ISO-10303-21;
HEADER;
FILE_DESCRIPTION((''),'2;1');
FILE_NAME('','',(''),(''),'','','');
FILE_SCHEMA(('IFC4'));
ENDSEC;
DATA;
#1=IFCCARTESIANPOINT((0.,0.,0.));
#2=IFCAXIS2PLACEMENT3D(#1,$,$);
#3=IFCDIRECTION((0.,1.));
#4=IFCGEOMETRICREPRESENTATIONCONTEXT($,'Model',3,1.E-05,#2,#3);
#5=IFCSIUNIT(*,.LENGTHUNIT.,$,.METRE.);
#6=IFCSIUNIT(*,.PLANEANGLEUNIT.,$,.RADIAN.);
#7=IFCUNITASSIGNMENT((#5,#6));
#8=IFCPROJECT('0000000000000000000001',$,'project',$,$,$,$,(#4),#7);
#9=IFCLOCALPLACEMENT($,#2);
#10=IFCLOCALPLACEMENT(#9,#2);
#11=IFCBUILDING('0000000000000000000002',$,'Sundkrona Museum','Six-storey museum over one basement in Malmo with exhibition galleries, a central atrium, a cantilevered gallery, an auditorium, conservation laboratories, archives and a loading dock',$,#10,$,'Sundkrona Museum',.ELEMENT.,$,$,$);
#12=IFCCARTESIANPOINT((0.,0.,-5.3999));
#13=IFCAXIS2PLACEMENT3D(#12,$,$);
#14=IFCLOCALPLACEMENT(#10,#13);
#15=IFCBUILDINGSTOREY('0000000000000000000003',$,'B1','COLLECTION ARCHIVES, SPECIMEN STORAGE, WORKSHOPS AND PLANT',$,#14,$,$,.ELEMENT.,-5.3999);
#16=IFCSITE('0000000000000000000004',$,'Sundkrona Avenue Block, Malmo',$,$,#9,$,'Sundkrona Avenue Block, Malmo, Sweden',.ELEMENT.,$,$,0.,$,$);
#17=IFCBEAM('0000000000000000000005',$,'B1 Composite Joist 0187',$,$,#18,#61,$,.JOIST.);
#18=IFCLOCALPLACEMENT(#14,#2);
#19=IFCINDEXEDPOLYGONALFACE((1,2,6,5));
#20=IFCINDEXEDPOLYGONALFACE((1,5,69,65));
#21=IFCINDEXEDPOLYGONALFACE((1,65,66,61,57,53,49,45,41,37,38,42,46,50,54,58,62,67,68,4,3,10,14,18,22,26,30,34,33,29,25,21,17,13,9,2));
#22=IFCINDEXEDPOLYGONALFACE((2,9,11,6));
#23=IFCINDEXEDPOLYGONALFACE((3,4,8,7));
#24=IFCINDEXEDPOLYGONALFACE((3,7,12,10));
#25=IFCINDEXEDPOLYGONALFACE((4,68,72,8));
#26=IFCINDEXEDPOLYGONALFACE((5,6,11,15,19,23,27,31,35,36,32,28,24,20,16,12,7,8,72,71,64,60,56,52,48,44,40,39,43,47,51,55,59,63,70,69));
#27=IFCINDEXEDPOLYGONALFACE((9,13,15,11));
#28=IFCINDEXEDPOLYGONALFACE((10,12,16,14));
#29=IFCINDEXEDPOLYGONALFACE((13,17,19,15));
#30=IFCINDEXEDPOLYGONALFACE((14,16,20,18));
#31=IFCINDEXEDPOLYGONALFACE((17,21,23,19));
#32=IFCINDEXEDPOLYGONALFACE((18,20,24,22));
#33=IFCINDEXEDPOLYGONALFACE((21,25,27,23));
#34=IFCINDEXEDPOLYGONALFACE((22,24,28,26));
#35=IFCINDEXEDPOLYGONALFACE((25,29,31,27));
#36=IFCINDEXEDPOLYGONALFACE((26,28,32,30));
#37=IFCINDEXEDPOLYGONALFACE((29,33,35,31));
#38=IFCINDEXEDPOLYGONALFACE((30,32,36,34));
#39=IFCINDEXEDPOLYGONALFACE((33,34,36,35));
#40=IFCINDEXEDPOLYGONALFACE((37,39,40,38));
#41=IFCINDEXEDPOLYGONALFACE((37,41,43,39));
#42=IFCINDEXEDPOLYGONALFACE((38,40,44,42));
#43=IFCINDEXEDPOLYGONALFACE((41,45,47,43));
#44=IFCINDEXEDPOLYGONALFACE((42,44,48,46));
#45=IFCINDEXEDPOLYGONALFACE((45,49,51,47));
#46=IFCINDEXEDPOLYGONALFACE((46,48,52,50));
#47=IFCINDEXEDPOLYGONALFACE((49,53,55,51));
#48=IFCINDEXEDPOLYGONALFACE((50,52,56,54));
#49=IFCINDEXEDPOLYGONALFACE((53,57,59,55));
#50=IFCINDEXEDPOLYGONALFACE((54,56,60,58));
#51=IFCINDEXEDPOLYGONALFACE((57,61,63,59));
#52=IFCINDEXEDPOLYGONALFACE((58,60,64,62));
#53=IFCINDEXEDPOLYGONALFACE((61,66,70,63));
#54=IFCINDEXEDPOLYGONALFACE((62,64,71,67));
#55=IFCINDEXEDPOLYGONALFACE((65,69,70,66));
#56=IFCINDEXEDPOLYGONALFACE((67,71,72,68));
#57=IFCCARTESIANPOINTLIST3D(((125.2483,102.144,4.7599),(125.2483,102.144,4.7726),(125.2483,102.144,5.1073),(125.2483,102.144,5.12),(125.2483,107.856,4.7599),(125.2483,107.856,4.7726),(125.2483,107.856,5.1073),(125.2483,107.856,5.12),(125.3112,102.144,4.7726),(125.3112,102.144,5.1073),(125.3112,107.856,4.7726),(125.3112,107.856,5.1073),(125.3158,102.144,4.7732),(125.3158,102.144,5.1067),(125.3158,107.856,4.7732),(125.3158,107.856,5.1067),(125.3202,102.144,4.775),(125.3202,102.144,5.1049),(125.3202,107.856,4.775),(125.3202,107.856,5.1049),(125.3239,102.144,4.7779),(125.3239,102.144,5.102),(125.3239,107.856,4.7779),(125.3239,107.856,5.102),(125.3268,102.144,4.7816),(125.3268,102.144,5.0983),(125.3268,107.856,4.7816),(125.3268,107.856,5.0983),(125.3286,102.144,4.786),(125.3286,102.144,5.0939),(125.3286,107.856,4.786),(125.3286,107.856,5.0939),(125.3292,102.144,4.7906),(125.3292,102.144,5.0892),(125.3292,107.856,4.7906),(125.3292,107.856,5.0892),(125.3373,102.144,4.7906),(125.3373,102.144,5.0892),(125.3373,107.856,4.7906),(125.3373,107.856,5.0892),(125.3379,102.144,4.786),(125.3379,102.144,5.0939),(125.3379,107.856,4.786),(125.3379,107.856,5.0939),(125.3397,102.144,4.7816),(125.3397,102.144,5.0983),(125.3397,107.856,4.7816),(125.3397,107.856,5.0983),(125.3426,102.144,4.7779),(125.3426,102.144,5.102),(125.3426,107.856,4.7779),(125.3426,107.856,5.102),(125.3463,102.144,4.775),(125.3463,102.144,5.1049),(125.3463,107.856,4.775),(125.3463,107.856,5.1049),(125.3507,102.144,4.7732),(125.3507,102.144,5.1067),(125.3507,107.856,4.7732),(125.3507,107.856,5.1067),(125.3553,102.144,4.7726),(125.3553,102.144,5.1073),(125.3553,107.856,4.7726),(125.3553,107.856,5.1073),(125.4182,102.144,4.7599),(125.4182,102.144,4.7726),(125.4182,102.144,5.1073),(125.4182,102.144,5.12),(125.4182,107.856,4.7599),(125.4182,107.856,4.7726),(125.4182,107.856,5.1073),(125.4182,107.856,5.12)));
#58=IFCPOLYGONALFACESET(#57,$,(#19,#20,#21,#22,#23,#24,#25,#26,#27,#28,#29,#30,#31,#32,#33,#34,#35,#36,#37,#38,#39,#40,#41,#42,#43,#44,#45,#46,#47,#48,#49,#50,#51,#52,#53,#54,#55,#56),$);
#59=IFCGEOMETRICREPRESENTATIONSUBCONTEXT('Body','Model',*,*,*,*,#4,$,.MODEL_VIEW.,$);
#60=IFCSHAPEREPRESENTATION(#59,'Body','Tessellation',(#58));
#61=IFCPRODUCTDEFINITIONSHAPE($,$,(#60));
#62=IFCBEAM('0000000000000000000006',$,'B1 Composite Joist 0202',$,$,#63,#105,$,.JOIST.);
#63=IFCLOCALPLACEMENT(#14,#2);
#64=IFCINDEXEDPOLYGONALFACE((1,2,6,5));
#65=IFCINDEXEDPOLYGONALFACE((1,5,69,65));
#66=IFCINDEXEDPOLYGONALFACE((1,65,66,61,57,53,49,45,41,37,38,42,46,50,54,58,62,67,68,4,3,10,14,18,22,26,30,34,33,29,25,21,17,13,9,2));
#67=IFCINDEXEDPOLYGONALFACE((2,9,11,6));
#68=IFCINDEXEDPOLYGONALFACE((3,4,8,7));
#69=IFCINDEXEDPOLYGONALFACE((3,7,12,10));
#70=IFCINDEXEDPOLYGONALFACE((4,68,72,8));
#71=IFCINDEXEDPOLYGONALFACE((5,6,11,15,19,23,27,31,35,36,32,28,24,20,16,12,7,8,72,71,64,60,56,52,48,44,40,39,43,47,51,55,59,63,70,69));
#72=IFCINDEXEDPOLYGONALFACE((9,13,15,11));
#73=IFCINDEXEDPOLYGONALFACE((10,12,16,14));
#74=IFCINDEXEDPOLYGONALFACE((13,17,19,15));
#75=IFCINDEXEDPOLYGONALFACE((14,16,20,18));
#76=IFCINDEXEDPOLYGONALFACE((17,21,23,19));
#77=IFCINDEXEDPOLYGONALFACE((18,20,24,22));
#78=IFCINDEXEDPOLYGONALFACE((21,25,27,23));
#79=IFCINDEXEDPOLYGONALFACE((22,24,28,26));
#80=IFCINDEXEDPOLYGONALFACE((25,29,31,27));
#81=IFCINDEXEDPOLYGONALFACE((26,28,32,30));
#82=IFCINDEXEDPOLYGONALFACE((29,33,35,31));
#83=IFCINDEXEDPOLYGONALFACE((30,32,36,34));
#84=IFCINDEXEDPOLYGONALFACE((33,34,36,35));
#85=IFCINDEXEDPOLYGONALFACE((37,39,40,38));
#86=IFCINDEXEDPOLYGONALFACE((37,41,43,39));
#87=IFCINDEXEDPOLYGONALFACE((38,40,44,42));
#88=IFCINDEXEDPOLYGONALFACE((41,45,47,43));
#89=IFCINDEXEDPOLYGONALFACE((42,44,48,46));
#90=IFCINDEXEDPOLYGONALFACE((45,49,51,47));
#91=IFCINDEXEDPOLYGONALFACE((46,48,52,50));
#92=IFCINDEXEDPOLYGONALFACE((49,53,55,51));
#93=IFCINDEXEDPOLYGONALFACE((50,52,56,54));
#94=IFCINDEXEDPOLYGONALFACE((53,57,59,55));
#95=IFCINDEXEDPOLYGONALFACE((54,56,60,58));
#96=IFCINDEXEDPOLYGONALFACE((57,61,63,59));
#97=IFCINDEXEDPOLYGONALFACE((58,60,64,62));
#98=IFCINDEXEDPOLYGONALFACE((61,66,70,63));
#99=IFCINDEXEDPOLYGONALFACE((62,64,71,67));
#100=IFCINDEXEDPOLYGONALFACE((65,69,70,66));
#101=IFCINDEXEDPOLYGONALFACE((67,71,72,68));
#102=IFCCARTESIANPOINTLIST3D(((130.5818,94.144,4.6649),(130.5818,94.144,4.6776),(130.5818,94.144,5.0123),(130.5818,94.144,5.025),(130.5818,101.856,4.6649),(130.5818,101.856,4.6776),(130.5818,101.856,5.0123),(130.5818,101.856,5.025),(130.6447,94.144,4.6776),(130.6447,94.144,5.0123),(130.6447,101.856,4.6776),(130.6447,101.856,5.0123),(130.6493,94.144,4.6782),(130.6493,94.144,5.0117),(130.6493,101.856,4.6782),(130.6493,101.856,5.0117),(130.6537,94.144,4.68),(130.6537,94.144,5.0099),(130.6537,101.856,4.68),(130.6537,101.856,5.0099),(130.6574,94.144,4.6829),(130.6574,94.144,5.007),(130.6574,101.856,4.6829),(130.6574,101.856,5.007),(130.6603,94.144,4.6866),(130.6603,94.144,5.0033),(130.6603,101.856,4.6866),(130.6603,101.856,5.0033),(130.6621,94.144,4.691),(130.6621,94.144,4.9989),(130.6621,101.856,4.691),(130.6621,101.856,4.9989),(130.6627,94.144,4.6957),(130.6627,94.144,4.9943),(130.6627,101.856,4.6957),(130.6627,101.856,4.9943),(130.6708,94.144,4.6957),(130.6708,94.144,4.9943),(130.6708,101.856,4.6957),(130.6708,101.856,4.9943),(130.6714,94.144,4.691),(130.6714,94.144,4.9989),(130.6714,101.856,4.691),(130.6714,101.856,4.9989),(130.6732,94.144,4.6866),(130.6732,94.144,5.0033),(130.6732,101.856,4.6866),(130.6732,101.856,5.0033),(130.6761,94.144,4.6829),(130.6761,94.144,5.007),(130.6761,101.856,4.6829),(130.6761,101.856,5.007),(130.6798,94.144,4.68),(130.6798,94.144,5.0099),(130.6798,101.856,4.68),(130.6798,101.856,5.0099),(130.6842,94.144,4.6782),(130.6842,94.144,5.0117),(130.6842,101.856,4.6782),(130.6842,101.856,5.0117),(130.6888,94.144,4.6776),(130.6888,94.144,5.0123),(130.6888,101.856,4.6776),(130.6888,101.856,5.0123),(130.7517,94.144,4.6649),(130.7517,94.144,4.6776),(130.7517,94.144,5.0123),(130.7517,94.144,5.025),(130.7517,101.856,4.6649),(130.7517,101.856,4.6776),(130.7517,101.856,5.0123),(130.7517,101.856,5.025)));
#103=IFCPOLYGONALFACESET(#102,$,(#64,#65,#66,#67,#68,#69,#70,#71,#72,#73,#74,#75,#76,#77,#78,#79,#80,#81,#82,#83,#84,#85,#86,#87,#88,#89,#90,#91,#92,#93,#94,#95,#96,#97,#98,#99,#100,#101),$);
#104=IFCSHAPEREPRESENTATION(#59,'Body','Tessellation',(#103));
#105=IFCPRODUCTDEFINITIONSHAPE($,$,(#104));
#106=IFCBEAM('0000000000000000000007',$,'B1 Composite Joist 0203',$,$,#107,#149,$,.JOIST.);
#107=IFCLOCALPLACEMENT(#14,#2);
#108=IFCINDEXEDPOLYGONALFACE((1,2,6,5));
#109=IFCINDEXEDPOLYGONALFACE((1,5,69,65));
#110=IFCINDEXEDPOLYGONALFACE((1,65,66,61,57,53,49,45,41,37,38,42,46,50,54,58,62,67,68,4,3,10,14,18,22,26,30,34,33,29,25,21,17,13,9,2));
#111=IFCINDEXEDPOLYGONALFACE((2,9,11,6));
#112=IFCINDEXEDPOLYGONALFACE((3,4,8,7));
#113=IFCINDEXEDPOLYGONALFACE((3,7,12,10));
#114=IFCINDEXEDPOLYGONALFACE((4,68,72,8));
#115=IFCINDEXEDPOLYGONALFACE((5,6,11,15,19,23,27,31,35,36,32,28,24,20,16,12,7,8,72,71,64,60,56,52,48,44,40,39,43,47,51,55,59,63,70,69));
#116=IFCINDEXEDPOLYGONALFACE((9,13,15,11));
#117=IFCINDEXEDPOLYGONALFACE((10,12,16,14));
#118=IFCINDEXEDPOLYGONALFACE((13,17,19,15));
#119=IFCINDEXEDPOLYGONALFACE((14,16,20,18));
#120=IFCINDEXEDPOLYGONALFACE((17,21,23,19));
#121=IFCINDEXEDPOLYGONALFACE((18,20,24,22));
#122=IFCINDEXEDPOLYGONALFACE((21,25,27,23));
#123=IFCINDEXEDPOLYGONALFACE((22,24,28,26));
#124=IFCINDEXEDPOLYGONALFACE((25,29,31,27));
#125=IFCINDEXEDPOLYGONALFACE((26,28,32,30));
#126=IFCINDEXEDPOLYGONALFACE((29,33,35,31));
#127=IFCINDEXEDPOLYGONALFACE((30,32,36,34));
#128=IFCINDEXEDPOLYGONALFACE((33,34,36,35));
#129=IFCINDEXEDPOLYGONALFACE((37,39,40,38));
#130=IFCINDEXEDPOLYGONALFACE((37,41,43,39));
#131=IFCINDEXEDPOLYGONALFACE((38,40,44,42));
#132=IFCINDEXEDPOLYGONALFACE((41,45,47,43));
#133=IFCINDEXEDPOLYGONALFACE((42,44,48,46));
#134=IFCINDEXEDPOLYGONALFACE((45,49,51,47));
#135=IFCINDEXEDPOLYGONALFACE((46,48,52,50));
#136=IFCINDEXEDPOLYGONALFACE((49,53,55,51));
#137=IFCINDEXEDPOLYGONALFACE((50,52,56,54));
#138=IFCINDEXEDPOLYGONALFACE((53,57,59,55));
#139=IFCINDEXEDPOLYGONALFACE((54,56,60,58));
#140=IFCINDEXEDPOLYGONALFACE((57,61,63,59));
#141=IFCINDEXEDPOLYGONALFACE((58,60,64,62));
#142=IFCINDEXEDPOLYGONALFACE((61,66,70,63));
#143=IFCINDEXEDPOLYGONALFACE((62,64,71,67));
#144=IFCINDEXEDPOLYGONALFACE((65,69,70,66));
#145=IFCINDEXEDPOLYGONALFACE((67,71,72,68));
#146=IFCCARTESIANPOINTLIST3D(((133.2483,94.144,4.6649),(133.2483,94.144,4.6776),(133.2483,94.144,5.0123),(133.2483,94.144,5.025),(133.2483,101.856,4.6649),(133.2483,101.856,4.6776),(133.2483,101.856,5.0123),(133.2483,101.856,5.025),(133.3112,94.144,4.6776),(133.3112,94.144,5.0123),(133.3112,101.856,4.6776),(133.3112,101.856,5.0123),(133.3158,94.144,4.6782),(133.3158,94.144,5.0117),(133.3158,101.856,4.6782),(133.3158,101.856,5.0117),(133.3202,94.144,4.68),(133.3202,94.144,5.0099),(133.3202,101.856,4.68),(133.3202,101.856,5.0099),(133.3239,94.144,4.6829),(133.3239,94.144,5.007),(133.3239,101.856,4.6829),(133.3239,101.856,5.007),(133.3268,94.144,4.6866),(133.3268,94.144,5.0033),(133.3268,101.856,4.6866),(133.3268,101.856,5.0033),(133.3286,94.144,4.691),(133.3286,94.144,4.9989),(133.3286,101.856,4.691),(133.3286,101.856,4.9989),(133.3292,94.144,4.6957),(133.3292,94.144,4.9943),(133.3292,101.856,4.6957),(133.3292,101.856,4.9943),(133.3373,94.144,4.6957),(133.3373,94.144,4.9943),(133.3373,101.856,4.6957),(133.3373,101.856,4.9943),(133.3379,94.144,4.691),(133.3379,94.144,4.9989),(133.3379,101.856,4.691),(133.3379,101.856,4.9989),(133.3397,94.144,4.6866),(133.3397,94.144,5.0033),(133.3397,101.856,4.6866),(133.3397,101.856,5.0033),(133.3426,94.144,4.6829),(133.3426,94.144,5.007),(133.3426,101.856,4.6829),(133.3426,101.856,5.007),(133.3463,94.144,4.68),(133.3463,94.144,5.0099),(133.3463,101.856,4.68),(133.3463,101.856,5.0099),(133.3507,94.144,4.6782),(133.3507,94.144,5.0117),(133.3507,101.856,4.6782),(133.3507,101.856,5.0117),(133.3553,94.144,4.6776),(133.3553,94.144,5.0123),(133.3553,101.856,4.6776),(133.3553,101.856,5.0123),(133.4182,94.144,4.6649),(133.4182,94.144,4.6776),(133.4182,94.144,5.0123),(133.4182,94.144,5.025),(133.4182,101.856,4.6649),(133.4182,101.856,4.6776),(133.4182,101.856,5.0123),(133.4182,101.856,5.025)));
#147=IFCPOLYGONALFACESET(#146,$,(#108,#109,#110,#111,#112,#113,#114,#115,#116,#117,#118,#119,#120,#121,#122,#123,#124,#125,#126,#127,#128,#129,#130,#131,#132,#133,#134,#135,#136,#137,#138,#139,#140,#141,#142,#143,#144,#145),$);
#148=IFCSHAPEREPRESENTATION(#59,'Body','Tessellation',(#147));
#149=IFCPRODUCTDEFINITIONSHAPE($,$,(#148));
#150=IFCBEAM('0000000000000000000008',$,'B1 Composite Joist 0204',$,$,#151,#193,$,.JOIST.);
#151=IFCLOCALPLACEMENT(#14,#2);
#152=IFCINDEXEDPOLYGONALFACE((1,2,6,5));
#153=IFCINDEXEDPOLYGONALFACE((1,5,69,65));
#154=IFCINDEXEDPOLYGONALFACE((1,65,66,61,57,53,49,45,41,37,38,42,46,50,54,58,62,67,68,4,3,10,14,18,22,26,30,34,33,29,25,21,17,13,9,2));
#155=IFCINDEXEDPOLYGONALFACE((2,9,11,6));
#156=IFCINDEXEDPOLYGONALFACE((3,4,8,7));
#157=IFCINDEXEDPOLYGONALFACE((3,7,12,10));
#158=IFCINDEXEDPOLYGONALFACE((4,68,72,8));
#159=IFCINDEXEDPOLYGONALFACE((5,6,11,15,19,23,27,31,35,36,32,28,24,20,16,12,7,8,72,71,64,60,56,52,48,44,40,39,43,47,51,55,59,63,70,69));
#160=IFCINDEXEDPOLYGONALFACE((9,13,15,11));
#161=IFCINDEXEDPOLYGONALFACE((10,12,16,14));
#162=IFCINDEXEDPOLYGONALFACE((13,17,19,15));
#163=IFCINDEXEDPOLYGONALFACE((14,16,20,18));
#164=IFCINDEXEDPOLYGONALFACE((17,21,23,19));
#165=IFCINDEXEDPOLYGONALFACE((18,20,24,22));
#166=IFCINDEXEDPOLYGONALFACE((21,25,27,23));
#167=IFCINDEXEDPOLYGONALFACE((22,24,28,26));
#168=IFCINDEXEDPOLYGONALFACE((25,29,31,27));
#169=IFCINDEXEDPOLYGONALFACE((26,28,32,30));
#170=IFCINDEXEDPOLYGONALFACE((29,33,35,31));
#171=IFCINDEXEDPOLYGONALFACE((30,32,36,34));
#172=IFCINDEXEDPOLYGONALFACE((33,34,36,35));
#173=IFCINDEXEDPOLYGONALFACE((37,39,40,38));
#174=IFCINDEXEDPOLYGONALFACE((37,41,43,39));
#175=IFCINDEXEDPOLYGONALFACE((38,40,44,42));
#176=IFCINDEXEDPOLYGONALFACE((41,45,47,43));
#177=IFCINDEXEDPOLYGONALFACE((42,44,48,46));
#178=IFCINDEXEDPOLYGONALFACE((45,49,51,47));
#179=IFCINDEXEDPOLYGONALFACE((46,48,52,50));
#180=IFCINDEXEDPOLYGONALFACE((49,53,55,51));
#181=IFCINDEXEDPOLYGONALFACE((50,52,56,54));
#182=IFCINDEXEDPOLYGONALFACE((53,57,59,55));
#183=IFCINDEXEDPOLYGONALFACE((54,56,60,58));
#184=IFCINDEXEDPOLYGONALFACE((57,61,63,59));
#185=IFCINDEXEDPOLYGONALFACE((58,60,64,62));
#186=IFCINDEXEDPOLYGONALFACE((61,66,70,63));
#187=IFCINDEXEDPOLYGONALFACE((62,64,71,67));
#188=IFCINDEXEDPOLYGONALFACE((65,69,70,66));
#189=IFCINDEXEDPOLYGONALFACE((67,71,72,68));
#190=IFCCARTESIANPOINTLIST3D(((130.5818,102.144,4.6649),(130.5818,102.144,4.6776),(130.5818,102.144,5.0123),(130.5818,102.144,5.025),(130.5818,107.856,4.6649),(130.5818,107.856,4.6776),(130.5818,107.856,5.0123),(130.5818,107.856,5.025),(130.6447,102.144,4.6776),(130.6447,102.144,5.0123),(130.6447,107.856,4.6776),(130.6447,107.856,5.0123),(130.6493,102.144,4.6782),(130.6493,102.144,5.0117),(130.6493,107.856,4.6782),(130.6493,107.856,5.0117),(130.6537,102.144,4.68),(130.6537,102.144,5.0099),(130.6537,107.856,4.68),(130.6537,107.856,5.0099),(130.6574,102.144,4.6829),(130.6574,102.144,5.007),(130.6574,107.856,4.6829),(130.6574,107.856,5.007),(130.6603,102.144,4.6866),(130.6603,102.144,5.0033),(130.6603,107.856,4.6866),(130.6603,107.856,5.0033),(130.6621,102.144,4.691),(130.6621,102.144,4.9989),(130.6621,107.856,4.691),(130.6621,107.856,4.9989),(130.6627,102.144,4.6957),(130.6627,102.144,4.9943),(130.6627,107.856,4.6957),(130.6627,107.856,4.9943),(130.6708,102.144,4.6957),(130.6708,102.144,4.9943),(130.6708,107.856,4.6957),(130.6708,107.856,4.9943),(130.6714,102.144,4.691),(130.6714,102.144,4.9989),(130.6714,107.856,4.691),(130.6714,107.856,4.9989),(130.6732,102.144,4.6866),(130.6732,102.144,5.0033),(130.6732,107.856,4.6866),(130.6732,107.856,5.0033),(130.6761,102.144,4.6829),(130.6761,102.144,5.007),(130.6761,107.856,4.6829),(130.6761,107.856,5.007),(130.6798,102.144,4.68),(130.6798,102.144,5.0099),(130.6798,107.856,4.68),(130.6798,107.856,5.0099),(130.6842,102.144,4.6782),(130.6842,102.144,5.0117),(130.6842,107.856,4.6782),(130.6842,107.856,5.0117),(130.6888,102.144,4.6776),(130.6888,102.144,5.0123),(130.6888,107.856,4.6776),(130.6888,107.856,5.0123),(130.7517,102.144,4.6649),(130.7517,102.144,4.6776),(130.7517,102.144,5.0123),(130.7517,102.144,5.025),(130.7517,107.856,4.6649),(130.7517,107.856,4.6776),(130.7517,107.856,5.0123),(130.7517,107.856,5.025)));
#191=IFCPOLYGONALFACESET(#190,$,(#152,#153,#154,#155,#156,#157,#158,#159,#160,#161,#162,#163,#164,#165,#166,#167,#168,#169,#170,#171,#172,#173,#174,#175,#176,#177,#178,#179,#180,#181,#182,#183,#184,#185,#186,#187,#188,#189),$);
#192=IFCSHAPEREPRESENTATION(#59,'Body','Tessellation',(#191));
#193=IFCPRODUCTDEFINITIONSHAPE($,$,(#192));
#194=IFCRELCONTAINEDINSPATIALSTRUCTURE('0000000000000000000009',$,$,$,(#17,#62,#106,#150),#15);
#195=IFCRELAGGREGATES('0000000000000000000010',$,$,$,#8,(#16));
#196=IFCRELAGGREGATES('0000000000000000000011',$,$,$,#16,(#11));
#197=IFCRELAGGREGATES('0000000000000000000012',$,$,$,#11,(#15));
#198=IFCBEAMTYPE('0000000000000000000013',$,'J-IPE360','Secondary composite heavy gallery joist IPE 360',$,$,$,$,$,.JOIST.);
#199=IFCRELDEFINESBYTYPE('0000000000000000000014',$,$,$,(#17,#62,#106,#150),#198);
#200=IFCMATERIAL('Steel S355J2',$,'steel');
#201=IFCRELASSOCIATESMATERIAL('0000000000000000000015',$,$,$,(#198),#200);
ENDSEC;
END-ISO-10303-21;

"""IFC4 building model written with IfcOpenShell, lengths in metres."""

from ifc_helpers import new_model, si_unit, direction, frame, origin, origin_2d, place, context, subcontext, project, spatial, i_section, extrude, material, material_profile, profile_set, type_object, element, save


model = new_model("IFC4")

# Units and contexts
model_context = context("Model", 3, precision=1e-05, world=origin(), true_north=direction((0.0, 1.0)))
body_context = subcontext(model_context, "Body", "Model", "MODEL_VIEW")
ifc_project = project(units=[si_unit("LENGTHUNIT", "METRE"), si_unit("PLANEANGLEUNIT", "RADIAN")], contexts=[model_context])

# Site, building, storey
site_placement = place(None, origin())
site = spatial("IfcSite", under=ifc_project, at=site_placement, Name="Sundkrona Avenue Block, Malmo", LongName="Sundkrona Avenue Block, Malmo, Sweden", CompositionType="ELEMENT", RefElevation=0.0)
building_placement = place(site_placement, origin())
building = spatial("IfcBuilding", under=site, at=building_placement, Name="Sundkrona Museum", Description="Six-storey museum over one basement in Malmo with exhibition galleries, a central atrium, a cantilevered gallery, an auditorium, conservation laboratories, archives and a loading dock", LongName="Sundkrona Museum", CompositionType="ELEMENT")
storey_placement = place(building_placement, frame((0.0, 0.0, -5.3999)))
storey = spatial("IfcBuildingStorey", under=building, at=storey_placement, Name="B1", Description="COLLECTION ARCHIVES, SPECIMEN STORAGE, WORKSHOPS AND PLANT", CompositionType="ELEMENT", Elevation=-5.3999)

# Beams
ifc_material_1 = material(Name="Steel S355J2", Category="steel")
ifc_material_profile_1 = material_profile(ifc_material_1, i_section(OverallWidth=0.1699, OverallDepth=0.3601, WebThickness=0.0081, FlangeThickness=0.0127, FilletRadius=0.0181, at=origin_2d()), Name="IPE 360")
ifc_profile_set_1 = profile_set([ifc_material_profile_1], Name="Steel S355J2")
beam_type_1 = type_object("IfcBeamType", Name="J-IPE360", Description="Secondary composite heavy gallery joist IPE 360", PredefinedType="JOIST", material=ifc_profile_set_1)
for number, where, z_axis, x_axis, name in (
    (1, (125.3333, 102.144, 4.9399), (0.0, 1.0, 0.0), (-1.0, 0.0, 0.0), "B1 Composite Joist 0187"),
):
    element("IfcBeam", number, at=place(storey_placement, frame(where, z_axis=z_axis, x_axis=x_axis)), inside=storey, type_object=beam_type_1, Name=name, PredefinedType="JOIST", context=body_context, shape_type="SweptSolid", body=[
        extrude(i_section(OverallWidth=0.1699, OverallDepth=0.3601, WebThickness=0.0081, FlangeThickness=0.0127, FilletRadius=0.0181, at=origin_2d()), origin(), (0.0, 0.0, 1.0), 5.7119),
    ])
for number, where, z_axis, x_axis, name in (
    (2, (130.6667, 94.144, 4.845), (0.0, 1.0, 0.0), (-1.0, 0.0, 0.0), "B1 Composite Joist 0202"),
    (3, (133.3333, 94.144, 4.845), (0.0, 1.0, 0.0), (-1.0, 0.0, 0.0), "B1 Composite Joist 0203"),
):
    element("IfcBeam", number, at=place(storey_placement, frame(where, z_axis=z_axis, x_axis=x_axis)), inside=storey, type_object=beam_type_1, Name=name, PredefinedType="JOIST", context=body_context, shape_type="SweptSolid", body=[
        extrude(i_section(OverallWidth=0.1699, OverallDepth=0.3601, WebThickness=0.0081, FlangeThickness=0.0127, FilletRadius=0.0181, at=origin_2d()), origin(), (0.0, 0.0, 1.0), 7.7119),
    ])
for number, where, z_axis, x_axis, name in (
    (4, (130.6667, 102.144, 4.845), (0.0, 1.0, 0.0), (-1.0, 0.0, 0.0), "B1 Composite Joist 0204"),
):
    element("IfcBeam", number, at=place(storey_placement, frame(where, z_axis=z_axis, x_axis=x_axis)), inside=storey, type_object=beam_type_1, Name=name, PredefinedType="JOIST", context=body_context, shape_type="SweptSolid", body=[
        extrude(i_section(OverallWidth=0.1699, OverallDepth=0.3601, WebThickness=0.0081, FlangeThickness=0.0127, FilletRadius=0.0181, at=origin_2d()), origin(), (0.0, 0.0, 1.0), 5.7119),
    ])

save(model, "model.ifc")
